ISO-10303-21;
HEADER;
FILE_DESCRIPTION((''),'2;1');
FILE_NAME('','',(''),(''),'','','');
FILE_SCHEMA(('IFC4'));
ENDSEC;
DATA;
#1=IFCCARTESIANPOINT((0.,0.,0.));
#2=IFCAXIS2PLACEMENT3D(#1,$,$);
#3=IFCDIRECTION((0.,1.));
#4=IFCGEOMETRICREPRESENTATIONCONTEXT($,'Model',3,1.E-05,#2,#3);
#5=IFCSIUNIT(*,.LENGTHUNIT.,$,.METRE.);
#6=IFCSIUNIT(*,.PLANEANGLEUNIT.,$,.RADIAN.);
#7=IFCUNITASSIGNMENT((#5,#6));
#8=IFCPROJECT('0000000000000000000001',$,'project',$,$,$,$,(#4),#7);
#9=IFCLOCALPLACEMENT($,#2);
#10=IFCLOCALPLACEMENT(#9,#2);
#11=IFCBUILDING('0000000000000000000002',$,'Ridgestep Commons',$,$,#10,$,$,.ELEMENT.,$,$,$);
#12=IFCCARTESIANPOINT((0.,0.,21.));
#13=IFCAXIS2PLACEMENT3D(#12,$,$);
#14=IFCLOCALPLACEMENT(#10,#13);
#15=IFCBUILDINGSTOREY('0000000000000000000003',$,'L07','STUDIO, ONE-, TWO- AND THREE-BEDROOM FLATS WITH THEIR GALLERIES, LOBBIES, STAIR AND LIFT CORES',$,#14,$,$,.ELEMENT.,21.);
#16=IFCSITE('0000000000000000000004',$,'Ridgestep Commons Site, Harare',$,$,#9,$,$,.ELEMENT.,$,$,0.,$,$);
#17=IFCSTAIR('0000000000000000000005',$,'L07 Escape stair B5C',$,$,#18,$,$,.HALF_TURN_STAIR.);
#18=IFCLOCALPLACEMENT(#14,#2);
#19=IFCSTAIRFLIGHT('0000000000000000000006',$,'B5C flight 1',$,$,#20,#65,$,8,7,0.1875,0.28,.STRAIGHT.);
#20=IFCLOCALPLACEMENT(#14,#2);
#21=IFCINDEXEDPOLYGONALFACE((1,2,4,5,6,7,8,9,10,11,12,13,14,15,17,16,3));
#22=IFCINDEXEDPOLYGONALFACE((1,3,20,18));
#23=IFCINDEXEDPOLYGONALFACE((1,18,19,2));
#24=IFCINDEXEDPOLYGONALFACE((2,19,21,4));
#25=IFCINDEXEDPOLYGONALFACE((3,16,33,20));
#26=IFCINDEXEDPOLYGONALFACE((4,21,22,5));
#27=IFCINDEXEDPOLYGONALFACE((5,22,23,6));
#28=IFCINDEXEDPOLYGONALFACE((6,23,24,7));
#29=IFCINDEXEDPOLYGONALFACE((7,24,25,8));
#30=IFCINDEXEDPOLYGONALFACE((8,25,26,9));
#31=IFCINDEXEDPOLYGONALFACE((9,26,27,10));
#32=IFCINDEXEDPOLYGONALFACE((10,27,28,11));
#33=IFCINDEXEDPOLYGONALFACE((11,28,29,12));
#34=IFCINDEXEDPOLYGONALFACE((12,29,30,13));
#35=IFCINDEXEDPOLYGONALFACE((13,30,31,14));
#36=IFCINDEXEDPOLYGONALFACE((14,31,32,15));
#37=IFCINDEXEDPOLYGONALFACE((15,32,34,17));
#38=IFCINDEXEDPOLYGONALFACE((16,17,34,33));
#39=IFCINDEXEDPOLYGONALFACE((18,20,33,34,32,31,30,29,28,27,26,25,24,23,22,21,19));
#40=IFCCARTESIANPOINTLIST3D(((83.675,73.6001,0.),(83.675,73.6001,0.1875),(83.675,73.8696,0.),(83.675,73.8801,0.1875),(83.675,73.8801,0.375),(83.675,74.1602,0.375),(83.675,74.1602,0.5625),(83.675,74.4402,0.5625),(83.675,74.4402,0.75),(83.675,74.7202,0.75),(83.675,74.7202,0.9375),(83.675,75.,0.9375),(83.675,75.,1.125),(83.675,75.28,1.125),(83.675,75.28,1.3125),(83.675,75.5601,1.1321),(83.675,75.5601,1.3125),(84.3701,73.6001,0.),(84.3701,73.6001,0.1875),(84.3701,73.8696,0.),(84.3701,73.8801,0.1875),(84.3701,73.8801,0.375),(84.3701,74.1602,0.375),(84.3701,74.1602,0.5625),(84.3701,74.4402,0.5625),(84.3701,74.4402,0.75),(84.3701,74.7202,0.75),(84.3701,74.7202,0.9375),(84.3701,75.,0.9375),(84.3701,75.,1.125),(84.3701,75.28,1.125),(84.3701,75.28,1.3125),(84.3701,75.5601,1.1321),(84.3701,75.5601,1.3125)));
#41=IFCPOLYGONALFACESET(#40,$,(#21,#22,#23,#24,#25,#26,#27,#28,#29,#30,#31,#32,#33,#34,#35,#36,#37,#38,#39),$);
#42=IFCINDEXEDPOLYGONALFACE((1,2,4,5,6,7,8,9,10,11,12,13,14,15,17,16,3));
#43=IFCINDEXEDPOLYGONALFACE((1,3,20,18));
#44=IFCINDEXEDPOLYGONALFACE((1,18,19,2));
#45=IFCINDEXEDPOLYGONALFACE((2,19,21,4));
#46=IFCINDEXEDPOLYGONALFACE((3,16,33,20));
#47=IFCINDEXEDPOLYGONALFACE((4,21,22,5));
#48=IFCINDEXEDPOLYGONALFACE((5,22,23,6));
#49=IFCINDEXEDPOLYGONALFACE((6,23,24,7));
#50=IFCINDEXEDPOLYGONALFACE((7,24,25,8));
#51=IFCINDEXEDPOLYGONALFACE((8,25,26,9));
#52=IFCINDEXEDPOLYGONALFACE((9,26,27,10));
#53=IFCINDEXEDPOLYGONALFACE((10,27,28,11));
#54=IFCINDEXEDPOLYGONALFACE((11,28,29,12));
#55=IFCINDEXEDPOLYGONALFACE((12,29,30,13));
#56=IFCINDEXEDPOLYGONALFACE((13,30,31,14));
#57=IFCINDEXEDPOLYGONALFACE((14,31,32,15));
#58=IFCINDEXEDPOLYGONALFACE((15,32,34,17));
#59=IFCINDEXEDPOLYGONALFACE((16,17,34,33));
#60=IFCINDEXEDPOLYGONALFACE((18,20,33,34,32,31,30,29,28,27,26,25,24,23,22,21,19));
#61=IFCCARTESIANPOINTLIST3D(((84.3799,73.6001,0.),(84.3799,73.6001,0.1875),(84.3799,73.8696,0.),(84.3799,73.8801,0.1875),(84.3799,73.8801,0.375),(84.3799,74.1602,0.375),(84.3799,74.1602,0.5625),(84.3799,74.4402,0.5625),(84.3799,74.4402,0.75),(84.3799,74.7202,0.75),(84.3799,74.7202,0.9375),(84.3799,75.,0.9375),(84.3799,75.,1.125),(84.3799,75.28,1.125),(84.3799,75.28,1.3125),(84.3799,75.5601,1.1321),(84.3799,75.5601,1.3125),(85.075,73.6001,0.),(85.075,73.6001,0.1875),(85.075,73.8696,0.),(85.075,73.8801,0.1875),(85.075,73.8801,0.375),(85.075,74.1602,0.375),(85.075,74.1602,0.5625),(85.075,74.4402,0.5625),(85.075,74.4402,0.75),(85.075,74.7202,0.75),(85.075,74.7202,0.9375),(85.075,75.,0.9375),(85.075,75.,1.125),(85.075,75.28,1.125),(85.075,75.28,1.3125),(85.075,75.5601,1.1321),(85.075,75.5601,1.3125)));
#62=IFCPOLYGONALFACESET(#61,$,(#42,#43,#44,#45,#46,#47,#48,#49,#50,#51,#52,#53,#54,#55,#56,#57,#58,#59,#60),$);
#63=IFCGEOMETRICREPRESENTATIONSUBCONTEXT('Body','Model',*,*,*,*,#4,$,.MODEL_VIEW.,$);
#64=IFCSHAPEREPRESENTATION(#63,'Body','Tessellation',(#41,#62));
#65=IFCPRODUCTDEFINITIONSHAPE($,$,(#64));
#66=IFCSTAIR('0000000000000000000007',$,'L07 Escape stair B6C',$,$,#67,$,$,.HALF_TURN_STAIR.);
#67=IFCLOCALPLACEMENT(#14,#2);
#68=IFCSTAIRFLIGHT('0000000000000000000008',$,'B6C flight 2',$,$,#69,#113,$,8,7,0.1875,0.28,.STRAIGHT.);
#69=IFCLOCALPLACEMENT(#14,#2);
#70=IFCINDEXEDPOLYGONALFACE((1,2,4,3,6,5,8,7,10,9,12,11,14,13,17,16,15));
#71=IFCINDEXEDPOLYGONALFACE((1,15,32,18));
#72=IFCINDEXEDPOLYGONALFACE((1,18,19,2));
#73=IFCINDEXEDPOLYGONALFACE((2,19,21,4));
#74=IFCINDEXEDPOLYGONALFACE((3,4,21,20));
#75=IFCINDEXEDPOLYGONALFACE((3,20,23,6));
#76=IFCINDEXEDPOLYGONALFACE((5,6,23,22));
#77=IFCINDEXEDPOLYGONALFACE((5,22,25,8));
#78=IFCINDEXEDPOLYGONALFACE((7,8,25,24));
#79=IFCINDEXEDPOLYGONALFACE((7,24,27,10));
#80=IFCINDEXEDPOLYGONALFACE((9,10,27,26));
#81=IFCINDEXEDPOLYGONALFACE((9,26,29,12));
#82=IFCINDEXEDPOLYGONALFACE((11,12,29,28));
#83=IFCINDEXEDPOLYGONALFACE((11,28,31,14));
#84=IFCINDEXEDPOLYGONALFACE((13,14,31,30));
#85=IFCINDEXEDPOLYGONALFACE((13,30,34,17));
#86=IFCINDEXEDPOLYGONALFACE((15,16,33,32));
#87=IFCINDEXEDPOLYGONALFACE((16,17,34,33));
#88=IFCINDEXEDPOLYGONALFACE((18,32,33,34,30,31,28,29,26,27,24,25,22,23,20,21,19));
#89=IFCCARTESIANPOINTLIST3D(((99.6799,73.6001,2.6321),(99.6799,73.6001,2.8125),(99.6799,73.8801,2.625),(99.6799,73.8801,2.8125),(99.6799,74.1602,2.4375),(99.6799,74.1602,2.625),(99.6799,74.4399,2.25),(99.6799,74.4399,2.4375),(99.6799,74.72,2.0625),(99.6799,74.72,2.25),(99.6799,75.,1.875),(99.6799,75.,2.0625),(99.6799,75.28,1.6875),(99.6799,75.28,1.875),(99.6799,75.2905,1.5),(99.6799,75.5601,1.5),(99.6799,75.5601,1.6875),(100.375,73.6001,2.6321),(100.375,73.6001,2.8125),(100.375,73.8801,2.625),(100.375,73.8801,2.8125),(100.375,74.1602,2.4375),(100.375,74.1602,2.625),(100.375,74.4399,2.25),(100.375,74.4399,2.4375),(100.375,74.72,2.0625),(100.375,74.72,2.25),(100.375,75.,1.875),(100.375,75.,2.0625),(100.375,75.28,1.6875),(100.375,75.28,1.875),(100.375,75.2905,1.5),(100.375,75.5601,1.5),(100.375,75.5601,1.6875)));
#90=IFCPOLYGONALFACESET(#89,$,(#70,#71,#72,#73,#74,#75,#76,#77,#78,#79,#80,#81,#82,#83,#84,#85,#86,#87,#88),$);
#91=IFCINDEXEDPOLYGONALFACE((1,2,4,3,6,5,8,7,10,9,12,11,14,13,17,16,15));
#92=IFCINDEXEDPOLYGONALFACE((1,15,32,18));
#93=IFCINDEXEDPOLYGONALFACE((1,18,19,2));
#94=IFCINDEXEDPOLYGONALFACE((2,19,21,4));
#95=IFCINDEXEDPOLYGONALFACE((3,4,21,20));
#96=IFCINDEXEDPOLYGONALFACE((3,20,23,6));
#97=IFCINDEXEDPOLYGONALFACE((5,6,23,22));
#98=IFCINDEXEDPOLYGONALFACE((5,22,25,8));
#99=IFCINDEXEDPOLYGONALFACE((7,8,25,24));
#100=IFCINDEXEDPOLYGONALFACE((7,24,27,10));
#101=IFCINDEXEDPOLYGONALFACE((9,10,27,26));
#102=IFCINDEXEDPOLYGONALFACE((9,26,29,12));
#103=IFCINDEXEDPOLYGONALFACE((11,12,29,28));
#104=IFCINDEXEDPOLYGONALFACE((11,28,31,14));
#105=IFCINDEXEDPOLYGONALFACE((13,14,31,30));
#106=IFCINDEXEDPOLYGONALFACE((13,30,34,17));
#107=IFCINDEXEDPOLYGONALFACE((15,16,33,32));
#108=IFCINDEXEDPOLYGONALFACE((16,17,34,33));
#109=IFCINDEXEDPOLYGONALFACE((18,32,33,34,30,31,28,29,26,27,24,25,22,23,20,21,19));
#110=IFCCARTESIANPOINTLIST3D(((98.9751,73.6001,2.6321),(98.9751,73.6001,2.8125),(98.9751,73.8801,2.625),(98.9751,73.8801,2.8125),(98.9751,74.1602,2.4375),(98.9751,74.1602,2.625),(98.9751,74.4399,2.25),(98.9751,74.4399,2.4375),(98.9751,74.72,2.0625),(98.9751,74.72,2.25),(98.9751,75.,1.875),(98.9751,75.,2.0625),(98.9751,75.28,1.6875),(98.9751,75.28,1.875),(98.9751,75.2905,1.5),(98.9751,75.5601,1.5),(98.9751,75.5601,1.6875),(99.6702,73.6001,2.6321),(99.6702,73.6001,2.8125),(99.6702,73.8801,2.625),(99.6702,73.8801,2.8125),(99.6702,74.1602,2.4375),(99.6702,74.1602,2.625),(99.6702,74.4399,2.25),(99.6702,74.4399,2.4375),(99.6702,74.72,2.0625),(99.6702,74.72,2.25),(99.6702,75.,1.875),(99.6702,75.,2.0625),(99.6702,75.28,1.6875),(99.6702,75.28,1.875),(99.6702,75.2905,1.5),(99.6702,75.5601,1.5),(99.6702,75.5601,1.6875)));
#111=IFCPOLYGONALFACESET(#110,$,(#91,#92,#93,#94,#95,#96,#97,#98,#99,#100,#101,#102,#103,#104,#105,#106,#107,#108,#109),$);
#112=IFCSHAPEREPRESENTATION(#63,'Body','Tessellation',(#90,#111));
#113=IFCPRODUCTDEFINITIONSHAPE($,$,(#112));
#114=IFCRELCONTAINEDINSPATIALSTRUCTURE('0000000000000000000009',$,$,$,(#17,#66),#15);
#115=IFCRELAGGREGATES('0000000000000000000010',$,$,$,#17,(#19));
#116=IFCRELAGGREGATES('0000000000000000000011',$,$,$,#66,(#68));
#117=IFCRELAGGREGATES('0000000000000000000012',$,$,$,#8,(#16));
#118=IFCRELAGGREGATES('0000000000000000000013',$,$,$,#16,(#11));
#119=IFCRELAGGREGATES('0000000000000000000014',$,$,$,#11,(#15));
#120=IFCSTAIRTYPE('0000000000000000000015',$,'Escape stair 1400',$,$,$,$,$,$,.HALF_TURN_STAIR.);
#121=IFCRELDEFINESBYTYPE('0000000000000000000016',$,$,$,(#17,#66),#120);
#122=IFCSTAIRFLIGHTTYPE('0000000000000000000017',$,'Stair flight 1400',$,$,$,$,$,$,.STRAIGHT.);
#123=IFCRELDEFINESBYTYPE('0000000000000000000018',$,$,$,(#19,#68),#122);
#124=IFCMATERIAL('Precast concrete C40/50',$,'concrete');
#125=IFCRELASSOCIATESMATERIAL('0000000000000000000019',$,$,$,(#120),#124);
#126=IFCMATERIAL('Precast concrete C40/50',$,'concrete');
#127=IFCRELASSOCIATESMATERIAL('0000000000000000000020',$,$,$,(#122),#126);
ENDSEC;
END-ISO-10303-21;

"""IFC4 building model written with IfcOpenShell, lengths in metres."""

from ifc_helpers import new_model, si_unit, direction, frame, origin, place, context, subcontext, project, spatial, polyline, outline, extrude, material, type_object, element, aggregate, save


model = new_model("IFC4")

# Units and contexts
model_context = context("Model", 3, precision=1e-05, world=origin(), true_north=direction((0.0, 1.0)))
body_context = subcontext(model_context, "Body", "Model", "MODEL_VIEW")
ifc_project = project(units=[si_unit("LENGTHUNIT", "METRE"), si_unit("PLANEANGLEUNIT", "RADIAN")], contexts=[model_context])

# Site, building, storey
site_placement = place(None, origin())
site = spatial("IfcSite", under=ifc_project, at=site_placement, Name="Ridgestep Commons Site, Harare", CompositionType="ELEMENT", RefElevation=0.0)
building_placement = place(site_placement, origin())
building = spatial("IfcBuilding", under=site, at=building_placement, Name="Ridgestep Commons", CompositionType="ELEMENT")
storey_placement = place(building_placement, frame((0.0, 0.0, 21.0)))
storey = spatial("IfcBuildingStorey", under=building, at=storey_placement, Name="L07", Description="STUDIO, ONE-, TWO- AND THREE-BEDROOM FLATS WITH THEIR GALLERIES, LOBBIES, STAIR AND LIFT CORES", CompositionType="ELEMENT", Elevation=21.0)

# Stairs, stair flights
ifc_material_1 = material(Name="Precast concrete C40/50", Category="concrete")
stair_type = type_object("IfcStairType", Name="Escape stair 1400", PredefinedType="HALF_TURN_STAIR", material=ifc_material_1)
stair_1_placement = place(storey_placement, origin())
stair_1 = element("IfcStair", 1, at=stair_1_placement, inside=storey, type_object=stair_type, Name="L07 Escape stair B5C", PredefinedType="HALF_TURN_STAIR")
ifc_material_2 = material(Name="Precast concrete C40/50", Category="concrete")
stair_flight_type = type_object("IfcStairFlightType", Name="Stair flight 1400", PredefinedType="STRAIGHT", material=ifc_material_2)
stair_flight_1_placement = place(storey_placement, frame((84.375, 73.6001, 0.0), z_axis=(0.0, 0.0, 1.0), x_axis=(0.0, 1.0, 0.0)))
stair_flight_1 = element("IfcStairFlight", 2, at=stair_flight_1_placement, type_object=stair_flight_type, Name="B5C flight 1", NumberOfRisers=8, NumberOfTreads=7, PredefinedType="STRAIGHT", RiserHeight=0.1875, TreadLength=0.28, context=body_context, shape_type="SweptSolid", body=[
    extrude(outline(polyline([(0.0, 0.0), (0.0, 0.1875), (0.28, 0.1875), (0.28, 0.375), (0.5601, 0.375), (0.5601, 0.5625), (0.8401, 0.5625), (0.8401, 0.75), (1.1201, 0.75), (1.1201, 0.9375), (1.3999, 0.9375), (1.3999, 1.125), (1.6799, 1.125), (1.6799, 1.3125), (1.96, 1.3125), (1.96, 1.5), (1.96, 1.1321), (0.2695, 0.0), (0.0, 0.0)])), frame((0.0, 0.7, 0.0), z_axis=(0.0, -1.0, 0.0), x_axis=(1.0, 0.0, 0.0)), (0.0, 0.0, 1.0), 0.6951),
    extrude(outline(polyline([(0.0, 0.0), (0.0, 0.1875), (0.28, 0.1875), (0.28, 0.375), (0.5601, 0.375), (0.5601, 0.5625), (0.8401, 0.5625), (0.8401, 0.75), (1.1201, 0.75), (1.1201, 0.9375), (1.3999, 0.9375), (1.3999, 1.125), (1.6799, 1.125), (1.6799, 1.3125), (1.96, 1.3125), (1.96, 1.5), (1.96, 1.1321), (0.2695, 0.0), (0.0, 0.0)])), frame((0.0, -0.0049, 0.0), z_axis=(0.0, -1.0, 0.0), x_axis=(1.0, 0.0, 0.0)), (0.0, 0.0, 1.0), 0.6951),
])
aggregate(stair_1, [stair_flight_1])
stair_2_placement = place(storey_placement, origin())
stair_2 = element("IfcStair", 3, at=stair_2_placement, inside=storey, type_object=stair_type, Name="L07 Escape stair B6C", PredefinedType="HALF_TURN_STAIR")
stair_flight_2_placement = place(storey_placement, frame((99.675, 75.5601, 1.5), z_axis=(0.0, 0.0, 1.0), x_axis=(0.0, -1.0, 0.0)))
stair_flight_2 = element("IfcStairFlight", 4, at=stair_flight_2_placement, type_object=stair_flight_type, Name="B6C flight 2", NumberOfRisers=8, NumberOfTreads=7, PredefinedType="STRAIGHT", RiserHeight=0.1875, TreadLength=0.28, context=body_context, shape_type="SweptSolid", body=[
    extrude(outline(polyline([(0.0, 0.0), (0.0, 0.1875), (0.28, 0.1875), (0.28, 0.375), (0.5601, 0.375), (0.5601, 0.5625), (0.8401, 0.5625), (0.8401, 0.75), (1.1201, 0.75), (1.1201, 0.9375), (1.3999, 0.9375), (1.3999, 1.125), (1.6799, 1.125), (1.6799, 1.3125), (1.96, 1.3125), (1.96, 1.5), (1.96, 1.1321), (0.2695, 0.0), (0.0, 0.0)])), frame((0.0, 0.7, 0.0), z_axis=(0.0, -1.0, 0.0), x_axis=(1.0, 0.0, 0.0)), (0.0, 0.0, 1.0), 0.6951),
    extrude(outline(polyline([(0.0, 0.0), (0.0, 0.1875), (0.28, 0.1875), (0.28, 0.375), (0.5601, 0.375), (0.5601, 0.5625), (0.8401, 0.5625), (0.8401, 0.75), (1.1201, 0.75), (1.1201, 0.9375), (1.3999, 0.9375), (1.3999, 1.125), (1.6799, 1.125), (1.6799, 1.3125), (1.96, 1.3125), (1.96, 1.5), (1.96, 1.1321), (0.2695, 0.0), (0.0, 0.0)])), frame((0.0, -0.0049, 0.0), z_axis=(0.0, -1.0, 0.0), x_axis=(1.0, 0.0, 0.0)), (0.0, 0.0, 1.0), 0.6951),
])
aggregate(stair_2, [stair_flight_2])

save(model, "model.ifc")
